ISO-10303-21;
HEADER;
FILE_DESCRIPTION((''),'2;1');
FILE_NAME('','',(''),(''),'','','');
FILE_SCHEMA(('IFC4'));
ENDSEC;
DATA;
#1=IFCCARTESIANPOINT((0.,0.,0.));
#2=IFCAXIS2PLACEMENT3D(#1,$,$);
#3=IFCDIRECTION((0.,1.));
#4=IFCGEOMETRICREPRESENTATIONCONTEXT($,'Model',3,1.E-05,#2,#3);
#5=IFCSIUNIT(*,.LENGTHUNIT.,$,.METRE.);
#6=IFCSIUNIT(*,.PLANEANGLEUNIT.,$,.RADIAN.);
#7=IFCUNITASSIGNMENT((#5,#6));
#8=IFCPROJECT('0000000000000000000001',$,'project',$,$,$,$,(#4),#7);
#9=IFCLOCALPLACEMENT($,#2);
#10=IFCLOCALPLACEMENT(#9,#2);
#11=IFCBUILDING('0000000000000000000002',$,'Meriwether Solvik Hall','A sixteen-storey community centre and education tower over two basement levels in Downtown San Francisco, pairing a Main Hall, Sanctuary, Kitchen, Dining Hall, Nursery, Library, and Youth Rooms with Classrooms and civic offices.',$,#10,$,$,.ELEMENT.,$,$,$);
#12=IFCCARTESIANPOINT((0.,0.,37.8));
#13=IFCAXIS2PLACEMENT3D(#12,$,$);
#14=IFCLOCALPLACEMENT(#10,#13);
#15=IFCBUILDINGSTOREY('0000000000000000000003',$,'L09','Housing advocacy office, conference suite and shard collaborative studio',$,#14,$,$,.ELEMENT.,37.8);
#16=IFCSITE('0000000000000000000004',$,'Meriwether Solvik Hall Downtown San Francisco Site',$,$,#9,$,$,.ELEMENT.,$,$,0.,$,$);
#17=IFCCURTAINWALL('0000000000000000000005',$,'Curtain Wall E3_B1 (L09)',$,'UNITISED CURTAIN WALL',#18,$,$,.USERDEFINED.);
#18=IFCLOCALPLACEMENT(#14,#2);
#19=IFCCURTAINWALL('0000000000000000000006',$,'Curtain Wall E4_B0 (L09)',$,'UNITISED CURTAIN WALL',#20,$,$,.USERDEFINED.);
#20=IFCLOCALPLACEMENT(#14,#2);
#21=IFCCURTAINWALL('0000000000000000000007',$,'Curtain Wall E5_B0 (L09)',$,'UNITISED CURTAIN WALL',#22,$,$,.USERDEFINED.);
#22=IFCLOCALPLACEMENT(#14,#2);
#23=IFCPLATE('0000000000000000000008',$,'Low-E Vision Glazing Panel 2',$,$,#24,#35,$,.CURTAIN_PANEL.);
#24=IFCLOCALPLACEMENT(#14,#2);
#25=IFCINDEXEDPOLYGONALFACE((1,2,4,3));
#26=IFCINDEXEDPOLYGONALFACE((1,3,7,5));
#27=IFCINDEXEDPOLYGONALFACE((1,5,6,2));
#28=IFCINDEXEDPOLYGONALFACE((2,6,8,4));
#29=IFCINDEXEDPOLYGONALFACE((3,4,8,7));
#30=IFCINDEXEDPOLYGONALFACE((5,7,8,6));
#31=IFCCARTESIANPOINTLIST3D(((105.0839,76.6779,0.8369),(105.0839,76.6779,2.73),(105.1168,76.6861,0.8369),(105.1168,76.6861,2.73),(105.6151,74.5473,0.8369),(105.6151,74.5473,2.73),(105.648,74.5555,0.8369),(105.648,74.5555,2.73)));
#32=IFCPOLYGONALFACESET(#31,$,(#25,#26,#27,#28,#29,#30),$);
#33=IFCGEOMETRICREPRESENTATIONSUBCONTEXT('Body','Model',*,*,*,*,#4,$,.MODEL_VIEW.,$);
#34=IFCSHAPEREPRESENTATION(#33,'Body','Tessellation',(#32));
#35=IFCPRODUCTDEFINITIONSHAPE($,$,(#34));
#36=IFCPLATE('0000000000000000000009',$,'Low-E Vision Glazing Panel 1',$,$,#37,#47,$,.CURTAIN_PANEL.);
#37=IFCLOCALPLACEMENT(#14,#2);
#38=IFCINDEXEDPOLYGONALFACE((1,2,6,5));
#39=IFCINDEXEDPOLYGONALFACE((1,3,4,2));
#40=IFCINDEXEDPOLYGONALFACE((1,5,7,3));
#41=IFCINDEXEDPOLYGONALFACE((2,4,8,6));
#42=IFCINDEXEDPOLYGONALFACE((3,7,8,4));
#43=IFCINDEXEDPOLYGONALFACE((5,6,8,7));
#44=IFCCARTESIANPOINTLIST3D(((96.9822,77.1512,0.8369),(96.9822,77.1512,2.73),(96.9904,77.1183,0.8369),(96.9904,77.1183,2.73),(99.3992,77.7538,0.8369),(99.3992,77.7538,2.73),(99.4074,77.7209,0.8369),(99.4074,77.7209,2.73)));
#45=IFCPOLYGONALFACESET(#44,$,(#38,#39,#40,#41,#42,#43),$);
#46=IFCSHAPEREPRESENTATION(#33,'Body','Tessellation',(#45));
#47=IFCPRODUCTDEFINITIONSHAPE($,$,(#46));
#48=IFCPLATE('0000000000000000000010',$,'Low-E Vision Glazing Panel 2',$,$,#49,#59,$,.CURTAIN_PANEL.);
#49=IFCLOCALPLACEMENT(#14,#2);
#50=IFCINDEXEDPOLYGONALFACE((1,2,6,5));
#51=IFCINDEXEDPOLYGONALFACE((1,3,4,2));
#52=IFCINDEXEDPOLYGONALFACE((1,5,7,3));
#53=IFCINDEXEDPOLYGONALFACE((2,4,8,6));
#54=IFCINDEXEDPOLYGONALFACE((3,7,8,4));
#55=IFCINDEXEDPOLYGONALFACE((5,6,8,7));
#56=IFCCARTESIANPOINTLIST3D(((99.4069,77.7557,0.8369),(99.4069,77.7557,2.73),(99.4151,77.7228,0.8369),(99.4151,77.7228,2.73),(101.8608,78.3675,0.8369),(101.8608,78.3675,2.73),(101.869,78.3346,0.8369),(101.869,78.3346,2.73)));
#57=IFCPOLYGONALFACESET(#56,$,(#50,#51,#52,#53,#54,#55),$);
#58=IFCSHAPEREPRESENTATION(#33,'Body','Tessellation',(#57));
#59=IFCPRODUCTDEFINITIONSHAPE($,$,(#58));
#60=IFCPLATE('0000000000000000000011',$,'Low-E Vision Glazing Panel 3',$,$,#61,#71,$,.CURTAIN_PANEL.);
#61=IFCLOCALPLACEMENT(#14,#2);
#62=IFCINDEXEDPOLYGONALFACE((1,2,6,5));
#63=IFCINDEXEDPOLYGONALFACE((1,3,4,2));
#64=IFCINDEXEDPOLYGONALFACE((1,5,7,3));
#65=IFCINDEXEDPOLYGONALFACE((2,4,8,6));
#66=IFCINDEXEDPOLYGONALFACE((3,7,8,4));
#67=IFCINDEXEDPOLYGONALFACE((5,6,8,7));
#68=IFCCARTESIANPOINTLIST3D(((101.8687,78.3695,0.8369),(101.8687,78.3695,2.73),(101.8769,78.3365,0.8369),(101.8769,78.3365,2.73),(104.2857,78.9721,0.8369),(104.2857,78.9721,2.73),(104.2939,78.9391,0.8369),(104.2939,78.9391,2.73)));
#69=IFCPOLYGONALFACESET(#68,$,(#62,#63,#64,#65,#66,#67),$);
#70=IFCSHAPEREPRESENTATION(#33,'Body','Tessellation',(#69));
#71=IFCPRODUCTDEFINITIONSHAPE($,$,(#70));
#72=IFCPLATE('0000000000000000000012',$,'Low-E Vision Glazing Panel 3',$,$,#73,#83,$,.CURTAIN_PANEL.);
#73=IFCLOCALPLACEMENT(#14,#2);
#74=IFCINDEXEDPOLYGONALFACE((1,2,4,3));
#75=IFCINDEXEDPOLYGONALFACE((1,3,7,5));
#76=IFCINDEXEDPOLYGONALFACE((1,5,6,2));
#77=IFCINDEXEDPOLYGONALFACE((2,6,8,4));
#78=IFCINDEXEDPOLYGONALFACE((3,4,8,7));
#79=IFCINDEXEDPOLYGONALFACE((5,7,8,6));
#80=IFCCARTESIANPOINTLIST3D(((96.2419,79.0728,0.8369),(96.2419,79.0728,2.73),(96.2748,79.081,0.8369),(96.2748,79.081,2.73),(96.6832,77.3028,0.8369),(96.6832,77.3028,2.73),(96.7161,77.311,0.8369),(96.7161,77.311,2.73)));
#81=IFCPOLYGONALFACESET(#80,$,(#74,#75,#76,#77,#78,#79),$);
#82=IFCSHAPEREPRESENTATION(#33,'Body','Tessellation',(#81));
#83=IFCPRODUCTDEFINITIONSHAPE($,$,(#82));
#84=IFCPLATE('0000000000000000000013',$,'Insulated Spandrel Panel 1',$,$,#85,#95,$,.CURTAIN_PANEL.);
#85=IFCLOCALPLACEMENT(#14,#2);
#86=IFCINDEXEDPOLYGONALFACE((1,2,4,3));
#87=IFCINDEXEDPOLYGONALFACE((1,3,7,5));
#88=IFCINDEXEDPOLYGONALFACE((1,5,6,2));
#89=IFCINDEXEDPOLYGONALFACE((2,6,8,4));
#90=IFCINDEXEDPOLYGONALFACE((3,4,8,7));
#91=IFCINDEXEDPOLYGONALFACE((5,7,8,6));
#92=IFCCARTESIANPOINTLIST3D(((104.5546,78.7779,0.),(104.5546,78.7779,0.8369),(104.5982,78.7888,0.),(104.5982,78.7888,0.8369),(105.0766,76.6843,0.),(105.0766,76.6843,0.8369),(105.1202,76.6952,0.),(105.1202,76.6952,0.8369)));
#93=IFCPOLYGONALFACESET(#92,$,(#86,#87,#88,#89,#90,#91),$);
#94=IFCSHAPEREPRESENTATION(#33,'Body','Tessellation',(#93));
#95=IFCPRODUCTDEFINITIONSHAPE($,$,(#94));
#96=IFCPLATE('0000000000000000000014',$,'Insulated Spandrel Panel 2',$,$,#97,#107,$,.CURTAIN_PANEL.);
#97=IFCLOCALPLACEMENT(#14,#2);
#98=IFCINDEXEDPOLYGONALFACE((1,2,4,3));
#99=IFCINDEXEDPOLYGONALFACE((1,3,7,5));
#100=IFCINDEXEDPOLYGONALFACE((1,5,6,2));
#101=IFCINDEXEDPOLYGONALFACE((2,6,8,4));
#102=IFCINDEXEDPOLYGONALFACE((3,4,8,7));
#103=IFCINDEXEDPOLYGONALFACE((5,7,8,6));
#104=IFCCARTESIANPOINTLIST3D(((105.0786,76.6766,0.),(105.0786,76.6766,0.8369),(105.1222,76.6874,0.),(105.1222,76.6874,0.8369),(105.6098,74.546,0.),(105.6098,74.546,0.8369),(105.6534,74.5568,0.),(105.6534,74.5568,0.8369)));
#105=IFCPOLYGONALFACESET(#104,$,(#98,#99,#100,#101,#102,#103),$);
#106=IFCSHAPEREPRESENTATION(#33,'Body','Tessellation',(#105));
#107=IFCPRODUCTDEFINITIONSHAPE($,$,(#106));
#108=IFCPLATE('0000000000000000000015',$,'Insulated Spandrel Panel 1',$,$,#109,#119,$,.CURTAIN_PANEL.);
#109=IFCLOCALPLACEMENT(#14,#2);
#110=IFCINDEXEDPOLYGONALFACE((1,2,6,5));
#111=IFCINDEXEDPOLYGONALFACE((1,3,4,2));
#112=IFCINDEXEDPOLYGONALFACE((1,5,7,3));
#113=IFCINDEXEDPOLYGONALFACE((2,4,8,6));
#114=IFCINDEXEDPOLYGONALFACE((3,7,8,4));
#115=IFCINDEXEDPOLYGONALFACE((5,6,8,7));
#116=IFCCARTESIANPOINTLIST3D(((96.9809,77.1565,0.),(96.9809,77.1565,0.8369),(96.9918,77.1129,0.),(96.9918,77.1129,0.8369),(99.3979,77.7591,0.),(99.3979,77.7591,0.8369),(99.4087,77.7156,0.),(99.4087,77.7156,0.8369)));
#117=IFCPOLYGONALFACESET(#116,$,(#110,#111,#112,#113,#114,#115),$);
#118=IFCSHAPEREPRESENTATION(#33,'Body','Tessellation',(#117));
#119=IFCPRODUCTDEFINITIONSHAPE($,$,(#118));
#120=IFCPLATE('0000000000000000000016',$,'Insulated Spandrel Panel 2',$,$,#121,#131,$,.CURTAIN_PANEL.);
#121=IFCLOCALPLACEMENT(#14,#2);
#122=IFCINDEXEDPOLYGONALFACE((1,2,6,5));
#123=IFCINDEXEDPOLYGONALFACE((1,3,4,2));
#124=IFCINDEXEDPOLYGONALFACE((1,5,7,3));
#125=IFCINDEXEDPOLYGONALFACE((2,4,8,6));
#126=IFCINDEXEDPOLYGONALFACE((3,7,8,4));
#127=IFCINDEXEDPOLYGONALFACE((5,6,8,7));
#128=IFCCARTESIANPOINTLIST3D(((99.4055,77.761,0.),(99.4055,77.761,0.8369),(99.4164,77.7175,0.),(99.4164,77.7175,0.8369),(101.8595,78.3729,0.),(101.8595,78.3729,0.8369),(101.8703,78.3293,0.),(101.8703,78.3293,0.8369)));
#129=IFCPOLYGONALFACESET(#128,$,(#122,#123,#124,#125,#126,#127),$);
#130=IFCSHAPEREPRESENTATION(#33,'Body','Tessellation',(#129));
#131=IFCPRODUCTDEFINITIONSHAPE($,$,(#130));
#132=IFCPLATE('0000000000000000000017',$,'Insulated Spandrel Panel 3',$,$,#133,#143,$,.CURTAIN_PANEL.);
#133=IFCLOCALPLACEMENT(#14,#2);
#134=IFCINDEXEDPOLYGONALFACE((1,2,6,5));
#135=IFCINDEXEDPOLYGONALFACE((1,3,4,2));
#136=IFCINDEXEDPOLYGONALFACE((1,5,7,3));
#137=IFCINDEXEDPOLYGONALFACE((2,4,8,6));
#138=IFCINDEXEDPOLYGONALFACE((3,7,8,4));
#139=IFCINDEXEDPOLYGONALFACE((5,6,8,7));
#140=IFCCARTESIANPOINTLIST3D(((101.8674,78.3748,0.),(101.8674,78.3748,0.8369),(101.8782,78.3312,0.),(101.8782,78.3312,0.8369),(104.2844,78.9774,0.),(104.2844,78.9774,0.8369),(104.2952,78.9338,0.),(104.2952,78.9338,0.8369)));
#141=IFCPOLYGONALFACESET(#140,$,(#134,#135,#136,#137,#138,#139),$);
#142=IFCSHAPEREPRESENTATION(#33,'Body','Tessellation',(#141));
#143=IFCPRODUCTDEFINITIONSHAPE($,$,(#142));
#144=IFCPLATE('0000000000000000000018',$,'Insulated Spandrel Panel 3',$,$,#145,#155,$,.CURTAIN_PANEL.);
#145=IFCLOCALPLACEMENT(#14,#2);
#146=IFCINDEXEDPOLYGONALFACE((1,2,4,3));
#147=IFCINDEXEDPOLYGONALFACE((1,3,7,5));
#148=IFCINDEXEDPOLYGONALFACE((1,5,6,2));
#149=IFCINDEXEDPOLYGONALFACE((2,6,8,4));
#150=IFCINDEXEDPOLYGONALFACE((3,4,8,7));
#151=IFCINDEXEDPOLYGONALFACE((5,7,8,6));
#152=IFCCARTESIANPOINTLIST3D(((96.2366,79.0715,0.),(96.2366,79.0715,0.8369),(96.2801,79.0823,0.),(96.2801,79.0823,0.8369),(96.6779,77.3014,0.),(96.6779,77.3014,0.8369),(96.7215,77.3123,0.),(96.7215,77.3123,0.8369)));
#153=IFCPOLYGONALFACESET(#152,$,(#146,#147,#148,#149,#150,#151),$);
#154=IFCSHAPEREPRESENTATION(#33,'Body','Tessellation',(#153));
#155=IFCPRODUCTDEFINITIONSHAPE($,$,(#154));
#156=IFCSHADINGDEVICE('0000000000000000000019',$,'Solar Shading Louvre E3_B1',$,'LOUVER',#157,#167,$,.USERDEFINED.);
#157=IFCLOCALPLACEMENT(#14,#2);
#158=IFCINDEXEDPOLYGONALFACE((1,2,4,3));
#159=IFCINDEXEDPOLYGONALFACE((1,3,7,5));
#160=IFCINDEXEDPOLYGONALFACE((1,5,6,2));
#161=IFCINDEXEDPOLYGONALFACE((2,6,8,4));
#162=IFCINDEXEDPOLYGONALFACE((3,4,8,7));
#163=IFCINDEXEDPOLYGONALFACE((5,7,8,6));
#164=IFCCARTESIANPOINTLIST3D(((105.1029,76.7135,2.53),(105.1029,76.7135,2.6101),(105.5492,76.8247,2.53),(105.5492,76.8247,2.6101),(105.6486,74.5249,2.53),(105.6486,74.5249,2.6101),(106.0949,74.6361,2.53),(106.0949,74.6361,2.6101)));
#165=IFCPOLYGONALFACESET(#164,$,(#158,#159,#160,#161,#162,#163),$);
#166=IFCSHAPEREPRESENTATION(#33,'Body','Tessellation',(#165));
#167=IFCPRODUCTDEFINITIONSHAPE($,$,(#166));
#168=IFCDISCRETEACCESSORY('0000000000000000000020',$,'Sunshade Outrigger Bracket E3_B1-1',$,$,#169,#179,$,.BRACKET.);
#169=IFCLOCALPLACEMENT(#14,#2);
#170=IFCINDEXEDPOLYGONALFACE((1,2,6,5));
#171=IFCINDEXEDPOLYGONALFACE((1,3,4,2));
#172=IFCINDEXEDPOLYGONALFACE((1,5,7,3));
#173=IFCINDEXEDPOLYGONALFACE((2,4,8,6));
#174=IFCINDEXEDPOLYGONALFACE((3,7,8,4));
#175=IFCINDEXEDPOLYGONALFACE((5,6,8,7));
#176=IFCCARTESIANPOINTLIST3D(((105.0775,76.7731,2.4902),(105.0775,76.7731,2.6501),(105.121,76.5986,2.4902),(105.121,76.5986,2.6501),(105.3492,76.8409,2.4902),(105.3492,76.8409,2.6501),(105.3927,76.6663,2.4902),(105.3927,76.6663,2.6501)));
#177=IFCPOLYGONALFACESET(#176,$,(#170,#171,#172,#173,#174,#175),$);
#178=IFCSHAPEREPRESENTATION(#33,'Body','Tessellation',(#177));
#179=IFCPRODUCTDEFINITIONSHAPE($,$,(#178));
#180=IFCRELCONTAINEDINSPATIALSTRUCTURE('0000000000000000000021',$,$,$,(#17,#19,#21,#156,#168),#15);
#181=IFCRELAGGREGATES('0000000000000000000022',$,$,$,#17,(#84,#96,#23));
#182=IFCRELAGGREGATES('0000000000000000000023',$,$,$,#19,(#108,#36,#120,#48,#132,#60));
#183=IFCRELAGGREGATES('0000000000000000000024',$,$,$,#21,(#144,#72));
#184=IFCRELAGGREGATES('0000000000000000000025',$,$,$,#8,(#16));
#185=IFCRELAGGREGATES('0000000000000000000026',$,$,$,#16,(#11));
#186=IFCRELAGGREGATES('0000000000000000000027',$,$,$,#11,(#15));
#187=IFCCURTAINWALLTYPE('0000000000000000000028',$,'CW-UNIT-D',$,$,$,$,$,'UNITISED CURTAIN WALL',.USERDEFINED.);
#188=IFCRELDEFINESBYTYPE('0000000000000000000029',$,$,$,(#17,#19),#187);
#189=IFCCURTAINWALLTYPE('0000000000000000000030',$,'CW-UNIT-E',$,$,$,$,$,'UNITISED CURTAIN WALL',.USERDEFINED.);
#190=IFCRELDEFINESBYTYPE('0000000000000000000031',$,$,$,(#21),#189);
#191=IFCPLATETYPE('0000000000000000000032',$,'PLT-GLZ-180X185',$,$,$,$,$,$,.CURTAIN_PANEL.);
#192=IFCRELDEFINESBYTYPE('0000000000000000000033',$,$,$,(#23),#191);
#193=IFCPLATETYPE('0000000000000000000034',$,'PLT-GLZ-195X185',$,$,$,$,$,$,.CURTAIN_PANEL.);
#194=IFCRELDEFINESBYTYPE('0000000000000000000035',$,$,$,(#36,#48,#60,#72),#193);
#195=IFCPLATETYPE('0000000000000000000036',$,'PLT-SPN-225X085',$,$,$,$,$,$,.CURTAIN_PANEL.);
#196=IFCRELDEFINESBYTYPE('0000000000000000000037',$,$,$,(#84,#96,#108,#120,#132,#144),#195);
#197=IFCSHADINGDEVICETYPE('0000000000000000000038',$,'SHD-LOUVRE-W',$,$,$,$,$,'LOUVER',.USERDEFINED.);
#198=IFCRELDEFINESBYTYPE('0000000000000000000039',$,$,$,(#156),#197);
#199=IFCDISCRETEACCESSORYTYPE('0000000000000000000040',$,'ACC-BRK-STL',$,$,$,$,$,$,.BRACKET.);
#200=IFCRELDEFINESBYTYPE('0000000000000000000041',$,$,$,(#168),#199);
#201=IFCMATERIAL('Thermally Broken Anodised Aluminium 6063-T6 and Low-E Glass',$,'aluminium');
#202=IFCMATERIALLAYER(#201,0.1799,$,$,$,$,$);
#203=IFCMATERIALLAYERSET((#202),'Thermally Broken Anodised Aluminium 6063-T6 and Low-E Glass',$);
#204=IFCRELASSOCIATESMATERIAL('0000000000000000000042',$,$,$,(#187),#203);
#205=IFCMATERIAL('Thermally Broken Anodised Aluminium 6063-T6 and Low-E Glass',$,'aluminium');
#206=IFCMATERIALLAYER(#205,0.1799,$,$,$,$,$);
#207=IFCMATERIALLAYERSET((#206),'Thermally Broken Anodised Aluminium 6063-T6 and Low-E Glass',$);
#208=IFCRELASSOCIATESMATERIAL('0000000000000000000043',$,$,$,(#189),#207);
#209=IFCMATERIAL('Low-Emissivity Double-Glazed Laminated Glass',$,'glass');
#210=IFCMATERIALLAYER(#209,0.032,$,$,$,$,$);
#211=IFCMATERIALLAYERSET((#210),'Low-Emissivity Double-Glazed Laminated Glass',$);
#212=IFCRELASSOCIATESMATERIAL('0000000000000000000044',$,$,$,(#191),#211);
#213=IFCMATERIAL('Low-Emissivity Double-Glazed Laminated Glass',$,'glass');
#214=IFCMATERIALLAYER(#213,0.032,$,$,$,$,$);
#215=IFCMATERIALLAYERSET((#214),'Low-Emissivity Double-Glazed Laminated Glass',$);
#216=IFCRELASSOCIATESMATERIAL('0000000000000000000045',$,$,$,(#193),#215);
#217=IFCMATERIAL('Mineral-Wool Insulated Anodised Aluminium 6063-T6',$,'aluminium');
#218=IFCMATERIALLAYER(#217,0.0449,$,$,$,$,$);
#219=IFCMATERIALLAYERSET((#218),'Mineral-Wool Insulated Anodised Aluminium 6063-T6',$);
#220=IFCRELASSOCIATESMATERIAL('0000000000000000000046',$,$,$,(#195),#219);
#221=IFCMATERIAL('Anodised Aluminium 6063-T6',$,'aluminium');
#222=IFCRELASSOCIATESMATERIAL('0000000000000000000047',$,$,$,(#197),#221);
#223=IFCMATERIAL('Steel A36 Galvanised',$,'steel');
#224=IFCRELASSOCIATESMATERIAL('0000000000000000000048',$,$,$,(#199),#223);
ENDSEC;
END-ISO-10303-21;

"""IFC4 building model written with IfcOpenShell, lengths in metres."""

from ifc_helpers import new_model, si_unit, direction, frame, origin, origin_2d, place, context, subcontext, project, spatial, rectangle, extrude, material, layer, layer_set, type_object, element, aggregate, save


model = new_model("IFC4")

# Units and contexts
model_context = context("Model", 3, precision=1e-05, world=origin(), true_north=direction((0.0, 1.0)))
body_context = subcontext(model_context, "Body", "Model", "MODEL_VIEW")
ifc_project = project(units=[si_unit("LENGTHUNIT", "METRE"), si_unit("PLANEANGLEUNIT", "RADIAN")], contexts=[model_context])

# Site, building, storey
site_placement = place(None, origin())
site = spatial("IfcSite", under=ifc_project, at=site_placement, Name="Meriwether Solvik Hall Downtown San Francisco Site", CompositionType="ELEMENT", RefElevation=0.0)
building_placement = place(site_placement, origin())
building = spatial("IfcBuilding", under=site, at=building_placement, Name="Meriwether Solvik Hall", Description="A sixteen-storey community centre and education tower over two basement levels in Downtown San Francisco, pairing a Main Hall, Sanctuary, Kitchen, Dining Hall, Nursery, Library, and Youth Rooms with Classrooms and civic offices.", CompositionType="ELEMENT")
storey_placement = place(building_placement, frame((0.0, 0.0, 37.8)))
storey = spatial("IfcBuildingStorey", under=building, at=storey_placement, Name="L09", Description="Housing advocacy office, conference suite and shard collaborative studio", CompositionType="ELEMENT", Elevation=37.8)

# Curtain walls
ifc_material_1 = material(Name="Thermally Broken Anodised Aluminium 6063-T6 and Low-E Glass", Category="aluminium")
ifc_layer_1 = layer(ifc_material_1, 0.1799)
ifc_layer_set_1 = layer_set([ifc_layer_1], Name="Thermally Broken Anodised Aluminium 6063-T6 and Low-E Glass")
curtain_wall_type_1 = type_object("IfcCurtainWallType", Name="CW-UNIT-D", ElementType="UNITISED CURTAIN WALL", PredefinedType="USERDEFINED", material=ifc_layer_set_1)
curtain_wall_1_placement = place(storey_placement, origin())
curtain_wall_1 = element("IfcCurtainWall", 1, at=curtain_wall_1_placement, inside=storey, type_object=curtain_wall_type_1, Name="Curtain Wall E3_B1 (L09)", ObjectType="UNITISED CURTAIN WALL", PredefinedType="USERDEFINED")
curtain_wall_2_placement = place(storey_placement, origin())
curtain_wall_2 = element("IfcCurtainWall", 2, at=curtain_wall_2_placement, inside=storey, type_object=curtain_wall_type_1, Name="Curtain Wall E4_B0 (L09)", ObjectType="UNITISED CURTAIN WALL", PredefinedType="USERDEFINED")

# Curtain wall
ifc_material_2 = material(Name="Thermally Broken Anodised Aluminium 6063-T6 and Low-E Glass", Category="aluminium")
ifc_layer_2 = layer(ifc_material_2, 0.1799)
ifc_layer_set_2 = layer_set([ifc_layer_2], Name="Thermally Broken Anodised Aluminium 6063-T6 and Low-E Glass")
curtain_wall_type_2 = type_object("IfcCurtainWallType", Name="CW-UNIT-E", ElementType="UNITISED CURTAIN WALL", PredefinedType="USERDEFINED", material=ifc_layer_set_2)
curtain_wall_3_placement = place(storey_placement, origin())
curtain_wall_3 = element("IfcCurtainWall", 3, at=curtain_wall_3_placement, inside=storey, type_object=curtain_wall_type_2, Name="Curtain Wall E5_B0 (L09)", ObjectType="UNITISED CURTAIN WALL", PredefinedType="USERDEFINED")

# Plates
ifc_material_3 = material(Name="Low-Emissivity Double-Glazed Laminated Glass", Category="glass")
ifc_layer_3 = layer(ifc_material_3, 0.032)
ifc_layer_set_3 = layer_set([ifc_layer_3], Name="Low-Emissivity Double-Glazed Laminated Glass")
plate_type_1 = type_object("IfcPlateType", Name="PLT-GLZ-180X185", PredefinedType="CURTAIN_PANEL", material=ifc_layer_set_3)
plate_1_placement = place(storey_placement, frame((105.366, 75.6167, 0.8369), z_axis=(0.0, 0.0, 1.0), x_axis=(0.241922, -0.970296, 0.0)))
plate_1 = element("IfcPlate", 4, at=plate_1_placement, type_object=plate_type_1, Name="Low-E Vision Glazing Panel 2", PredefinedType="CURTAIN_PANEL", context=body_context, shape_type="SweptSolid", body=[
    extrude(rectangle(XDim=2.1958, YDim=0.0339, at=origin_2d()), origin(), (0.0, 0.0, 1.0), 1.8931),
])
ifc_material_4 = material(Name="Low-Emissivity Double-Glazed Laminated Glass", Category="glass")
ifc_layer_4 = layer(ifc_material_4, 0.032)
ifc_layer_set_4 = layer_set([ifc_layer_4], Name="Low-Emissivity Double-Glazed Laminated Glass")
plate_type_2 = type_object("IfcPlateType", Name="PLT-GLZ-195X185", PredefinedType="CURTAIN_PANEL", material=ifc_layer_set_4)
plate_2_placement = place(storey_placement, frame((98.1948, 77.436, 0.8369), z_axis=(0.0, 0.0, 1.0), x_axis=(0.970296, 0.241922, 0.0)))
plate_2 = element("IfcPlate", 5, at=plate_2_placement, type_object=plate_type_2, Name="Low-E Vision Glazing Panel 1", PredefinedType="CURTAIN_PANEL", context=body_context, shape_type="SweptSolid", body=[
    extrude(rectangle(XDim=2.491, YDim=0.0339, at=origin_2d()), origin(), (0.0, 0.0, 1.0), 1.8931),
])
plate_3_placement = place(storey_placement, frame((100.6379, 78.0452, 0.8369), z_axis=(0.0, 0.0, 1.0), x_axis=(0.970296, 0.241922, 0.0)))
plate_3 = element("IfcPlate", 6, at=plate_3_placement, type_object=plate_type_2, Name="Low-E Vision Glazing Panel 2", PredefinedType="CURTAIN_PANEL", context=body_context, shape_type="SweptSolid", body=[
    extrude(rectangle(XDim=2.5291, YDim=0.0339, at=origin_2d()), origin(), (0.0, 0.0, 1.0), 1.8931),
])
plate_4_placement = place(storey_placement, frame((103.0813, 78.6543, 0.8369), z_axis=(0.0, 0.0, 1.0), x_axis=(0.970296, 0.241922, 0.0)))
plate_4 = element("IfcPlate", 7, at=plate_4_placement, type_object=plate_type_2, Name="Low-E Vision Glazing Panel 3", PredefinedType="CURTAIN_PANEL", context=body_context, shape_type="SweptSolid", body=[
    extrude(rectangle(XDim=2.491, YDim=0.0339, at=origin_2d()), origin(), (0.0, 0.0, 1.0), 1.8931),
])
plate_5_placement = place(storey_placement, frame((96.479, 78.1919, 0.8369), z_axis=(0.0, 0.0, 1.0), x_axis=(0.241922, -0.970296, 0.0)))
plate_5 = element("IfcPlate", 8, at=plate_5_placement, type_object=plate_type_2, Name="Low-E Vision Glazing Panel 3", PredefinedType="CURTAIN_PANEL", context=body_context, shape_type="SweptSolid", body=[
    extrude(rectangle(XDim=1.8242, YDim=0.0339, at=origin_2d()), origin(), (0.0, 0.0, 1.0), 1.8931),
])
ifc_material_5 = material(Name="Mineral-Wool Insulated Anodised Aluminium 6063-T6", Category="aluminium")
ifc_layer_5 = layer(ifc_material_5, 0.0449)
ifc_layer_set_5 = layer_set([ifc_layer_5], Name="Mineral-Wool Insulated Anodised Aluminium 6063-T6")
plate_type_3 = type_object("IfcPlateType", Name="PLT-SPN-225X085", PredefinedType="CURTAIN_PANEL", material=ifc_layer_set_5)
plate_6_placement = place(storey_placement, frame((104.8374, 77.7366, 0.0), z_axis=(0.0, 0.0, 1.0), x_axis=(0.241922, -0.970296, 0.0)))
plate_6 = element("IfcPlate", 9, at=plate_6_placement, type_object=plate_type_3, Name="Insulated Spandrel Panel 1", PredefinedType="CURTAIN_PANEL", context=body_context, shape_type="SweptSolid", body=[
    extrude(rectangle(XDim=2.1577, YDim=0.0449, at=origin_2d()), origin(), (0.0, 0.0, 1.0), 0.8369),
])
plate_7_placement = place(storey_placement, frame((105.366, 75.6167, 0.0), z_axis=(0.0, 0.0, 1.0), x_axis=(0.241922, -0.970296, 0.0)))
plate_7 = element("IfcPlate", 10, at=plate_7_placement, type_object=plate_type_3, Name="Insulated Spandrel Panel 2", PredefinedType="CURTAIN_PANEL", context=body_context, shape_type="SweptSolid", body=[
    extrude(rectangle(XDim=2.1958, YDim=0.0449, at=origin_2d()), origin(), (0.0, 0.0, 1.0), 0.8369),
])
aggregate(curtain_wall_1, [plate_6, plate_7, plate_1])
plate_8_placement = place(storey_placement, frame((98.1948, 77.436, 0.0), z_axis=(0.0, 0.0, 1.0), x_axis=(0.970296, 0.241922, 0.0)))
plate_8 = element("IfcPlate", 11, at=plate_8_placement, type_object=plate_type_3, Name="Insulated Spandrel Panel 1", PredefinedType="CURTAIN_PANEL", context=body_context, shape_type="SweptSolid", body=[
    extrude(rectangle(XDim=2.491, YDim=0.0449, at=origin_2d()), origin(), (0.0, 0.0, 1.0), 0.8369),
])
plate_9_placement = place(storey_placement, frame((100.6379, 78.0452, 0.0), z_axis=(0.0, 0.0, 1.0), x_axis=(0.970296, 0.241922, 0.0)))
plate_9 = element("IfcPlate", 12, at=plate_9_placement, type_object=plate_type_3, Name="Insulated Spandrel Panel 2", PredefinedType="CURTAIN_PANEL", context=body_context, shape_type="SweptSolid", body=[
    extrude(rectangle(XDim=2.5291, YDim=0.0449, at=origin_2d()), origin(), (0.0, 0.0, 1.0), 0.8369),
])
plate_10_placement = place(storey_placement, frame((103.0813, 78.6543, 0.0), z_axis=(0.0, 0.0, 1.0), x_axis=(0.970296, 0.241922, 0.0)))
plate_10 = element("IfcPlate", 13, at=plate_10_placement, type_object=plate_type_3, Name="Insulated Spandrel Panel 3", PredefinedType="CURTAIN_PANEL", context=body_context, shape_type="SweptSolid", body=[
    extrude(rectangle(XDim=2.491, YDim=0.0449, at=origin_2d()), origin(), (0.0, 0.0, 1.0), 0.8369),
])
aggregate(curtain_wall_2, [plate_8, plate_2, plate_9, plate_3, plate_10, plate_4])
plate_11_placement = place(storey_placement, frame((96.479, 78.1919, 0.0), z_axis=(0.0, 0.0, 1.0), x_axis=(0.241922, -0.970296, 0.0)))
plate_11 = element("IfcPlate", 14, at=plate_11_placement, type_object=plate_type_3, Name="Insulated Spandrel Panel 3", PredefinedType="CURTAIN_PANEL", context=body_context, shape_type="SweptSolid", body=[
    extrude(rectangle(XDim=1.8242, YDim=0.0449, at=origin_2d()), origin(), (0.0, 0.0, 1.0), 0.8369),
])
aggregate(curtain_wall_3, [plate_11, plate_5])

# Shading device
ifc_material_6 = material(Name="Anodised Aluminium 6063-T6", Category="aluminium")
shading_device_type = type_object("IfcShadingDeviceType", Name="SHD-LOUVRE-W", ElementType="LOUVER", PredefinedType="USERDEFINED", material=ifc_material_6)
shading_device_placement = place(storey_placement, frame((105.5989, 75.6748, 2.53), z_axis=(0.0, 0.0, 1.0), x_axis=(0.241922, -0.970296, 0.0)))
element("IfcShadingDevice", 15, at=shading_device_placement, inside=storey, type_object=shading_device_type, Name="Solar Shading Louvre E3_B1", ObjectType="LOUVER", PredefinedType="USERDEFINED", context=body_context, shape_type="SweptSolid", body=[
    extrude(rectangle(XDim=2.2556, YDim=0.46, at=origin_2d()), origin(), (0.0, 0.0, 1.0), 0.0801),
])

# Discrete accessory
ifc_material_7 = material(Name="Steel A36 Galvanised", Category="steel")
discrete_accessory_type = type_object("IfcDiscreteAccessoryType", Name="ACC-BRK-STL", PredefinedType="BRACKET", material=ifc_material_7)
discrete_accessory_placement = place(storey_placement, frame((105.2351, 76.7197, 2.4902), z_axis=(0.0, 0.0, 1.0), x_axis=(0.241922, -0.970296, 0.0)))
element("IfcDiscreteAccessory", 16, at=discrete_accessory_placement, inside=storey, type_object=discrete_accessory_type, Name="Sunshade Outrigger Bracket E3_B1-1", PredefinedType="BRACKET", context=body_context, shape_type="SweptSolid", body=[
    extrude(rectangle(XDim=0.1799, YDim=0.28, at=origin_2d()), origin(), (0.0, 0.0, 1.0), 0.1599),
])

save(model, "model.ifc")
